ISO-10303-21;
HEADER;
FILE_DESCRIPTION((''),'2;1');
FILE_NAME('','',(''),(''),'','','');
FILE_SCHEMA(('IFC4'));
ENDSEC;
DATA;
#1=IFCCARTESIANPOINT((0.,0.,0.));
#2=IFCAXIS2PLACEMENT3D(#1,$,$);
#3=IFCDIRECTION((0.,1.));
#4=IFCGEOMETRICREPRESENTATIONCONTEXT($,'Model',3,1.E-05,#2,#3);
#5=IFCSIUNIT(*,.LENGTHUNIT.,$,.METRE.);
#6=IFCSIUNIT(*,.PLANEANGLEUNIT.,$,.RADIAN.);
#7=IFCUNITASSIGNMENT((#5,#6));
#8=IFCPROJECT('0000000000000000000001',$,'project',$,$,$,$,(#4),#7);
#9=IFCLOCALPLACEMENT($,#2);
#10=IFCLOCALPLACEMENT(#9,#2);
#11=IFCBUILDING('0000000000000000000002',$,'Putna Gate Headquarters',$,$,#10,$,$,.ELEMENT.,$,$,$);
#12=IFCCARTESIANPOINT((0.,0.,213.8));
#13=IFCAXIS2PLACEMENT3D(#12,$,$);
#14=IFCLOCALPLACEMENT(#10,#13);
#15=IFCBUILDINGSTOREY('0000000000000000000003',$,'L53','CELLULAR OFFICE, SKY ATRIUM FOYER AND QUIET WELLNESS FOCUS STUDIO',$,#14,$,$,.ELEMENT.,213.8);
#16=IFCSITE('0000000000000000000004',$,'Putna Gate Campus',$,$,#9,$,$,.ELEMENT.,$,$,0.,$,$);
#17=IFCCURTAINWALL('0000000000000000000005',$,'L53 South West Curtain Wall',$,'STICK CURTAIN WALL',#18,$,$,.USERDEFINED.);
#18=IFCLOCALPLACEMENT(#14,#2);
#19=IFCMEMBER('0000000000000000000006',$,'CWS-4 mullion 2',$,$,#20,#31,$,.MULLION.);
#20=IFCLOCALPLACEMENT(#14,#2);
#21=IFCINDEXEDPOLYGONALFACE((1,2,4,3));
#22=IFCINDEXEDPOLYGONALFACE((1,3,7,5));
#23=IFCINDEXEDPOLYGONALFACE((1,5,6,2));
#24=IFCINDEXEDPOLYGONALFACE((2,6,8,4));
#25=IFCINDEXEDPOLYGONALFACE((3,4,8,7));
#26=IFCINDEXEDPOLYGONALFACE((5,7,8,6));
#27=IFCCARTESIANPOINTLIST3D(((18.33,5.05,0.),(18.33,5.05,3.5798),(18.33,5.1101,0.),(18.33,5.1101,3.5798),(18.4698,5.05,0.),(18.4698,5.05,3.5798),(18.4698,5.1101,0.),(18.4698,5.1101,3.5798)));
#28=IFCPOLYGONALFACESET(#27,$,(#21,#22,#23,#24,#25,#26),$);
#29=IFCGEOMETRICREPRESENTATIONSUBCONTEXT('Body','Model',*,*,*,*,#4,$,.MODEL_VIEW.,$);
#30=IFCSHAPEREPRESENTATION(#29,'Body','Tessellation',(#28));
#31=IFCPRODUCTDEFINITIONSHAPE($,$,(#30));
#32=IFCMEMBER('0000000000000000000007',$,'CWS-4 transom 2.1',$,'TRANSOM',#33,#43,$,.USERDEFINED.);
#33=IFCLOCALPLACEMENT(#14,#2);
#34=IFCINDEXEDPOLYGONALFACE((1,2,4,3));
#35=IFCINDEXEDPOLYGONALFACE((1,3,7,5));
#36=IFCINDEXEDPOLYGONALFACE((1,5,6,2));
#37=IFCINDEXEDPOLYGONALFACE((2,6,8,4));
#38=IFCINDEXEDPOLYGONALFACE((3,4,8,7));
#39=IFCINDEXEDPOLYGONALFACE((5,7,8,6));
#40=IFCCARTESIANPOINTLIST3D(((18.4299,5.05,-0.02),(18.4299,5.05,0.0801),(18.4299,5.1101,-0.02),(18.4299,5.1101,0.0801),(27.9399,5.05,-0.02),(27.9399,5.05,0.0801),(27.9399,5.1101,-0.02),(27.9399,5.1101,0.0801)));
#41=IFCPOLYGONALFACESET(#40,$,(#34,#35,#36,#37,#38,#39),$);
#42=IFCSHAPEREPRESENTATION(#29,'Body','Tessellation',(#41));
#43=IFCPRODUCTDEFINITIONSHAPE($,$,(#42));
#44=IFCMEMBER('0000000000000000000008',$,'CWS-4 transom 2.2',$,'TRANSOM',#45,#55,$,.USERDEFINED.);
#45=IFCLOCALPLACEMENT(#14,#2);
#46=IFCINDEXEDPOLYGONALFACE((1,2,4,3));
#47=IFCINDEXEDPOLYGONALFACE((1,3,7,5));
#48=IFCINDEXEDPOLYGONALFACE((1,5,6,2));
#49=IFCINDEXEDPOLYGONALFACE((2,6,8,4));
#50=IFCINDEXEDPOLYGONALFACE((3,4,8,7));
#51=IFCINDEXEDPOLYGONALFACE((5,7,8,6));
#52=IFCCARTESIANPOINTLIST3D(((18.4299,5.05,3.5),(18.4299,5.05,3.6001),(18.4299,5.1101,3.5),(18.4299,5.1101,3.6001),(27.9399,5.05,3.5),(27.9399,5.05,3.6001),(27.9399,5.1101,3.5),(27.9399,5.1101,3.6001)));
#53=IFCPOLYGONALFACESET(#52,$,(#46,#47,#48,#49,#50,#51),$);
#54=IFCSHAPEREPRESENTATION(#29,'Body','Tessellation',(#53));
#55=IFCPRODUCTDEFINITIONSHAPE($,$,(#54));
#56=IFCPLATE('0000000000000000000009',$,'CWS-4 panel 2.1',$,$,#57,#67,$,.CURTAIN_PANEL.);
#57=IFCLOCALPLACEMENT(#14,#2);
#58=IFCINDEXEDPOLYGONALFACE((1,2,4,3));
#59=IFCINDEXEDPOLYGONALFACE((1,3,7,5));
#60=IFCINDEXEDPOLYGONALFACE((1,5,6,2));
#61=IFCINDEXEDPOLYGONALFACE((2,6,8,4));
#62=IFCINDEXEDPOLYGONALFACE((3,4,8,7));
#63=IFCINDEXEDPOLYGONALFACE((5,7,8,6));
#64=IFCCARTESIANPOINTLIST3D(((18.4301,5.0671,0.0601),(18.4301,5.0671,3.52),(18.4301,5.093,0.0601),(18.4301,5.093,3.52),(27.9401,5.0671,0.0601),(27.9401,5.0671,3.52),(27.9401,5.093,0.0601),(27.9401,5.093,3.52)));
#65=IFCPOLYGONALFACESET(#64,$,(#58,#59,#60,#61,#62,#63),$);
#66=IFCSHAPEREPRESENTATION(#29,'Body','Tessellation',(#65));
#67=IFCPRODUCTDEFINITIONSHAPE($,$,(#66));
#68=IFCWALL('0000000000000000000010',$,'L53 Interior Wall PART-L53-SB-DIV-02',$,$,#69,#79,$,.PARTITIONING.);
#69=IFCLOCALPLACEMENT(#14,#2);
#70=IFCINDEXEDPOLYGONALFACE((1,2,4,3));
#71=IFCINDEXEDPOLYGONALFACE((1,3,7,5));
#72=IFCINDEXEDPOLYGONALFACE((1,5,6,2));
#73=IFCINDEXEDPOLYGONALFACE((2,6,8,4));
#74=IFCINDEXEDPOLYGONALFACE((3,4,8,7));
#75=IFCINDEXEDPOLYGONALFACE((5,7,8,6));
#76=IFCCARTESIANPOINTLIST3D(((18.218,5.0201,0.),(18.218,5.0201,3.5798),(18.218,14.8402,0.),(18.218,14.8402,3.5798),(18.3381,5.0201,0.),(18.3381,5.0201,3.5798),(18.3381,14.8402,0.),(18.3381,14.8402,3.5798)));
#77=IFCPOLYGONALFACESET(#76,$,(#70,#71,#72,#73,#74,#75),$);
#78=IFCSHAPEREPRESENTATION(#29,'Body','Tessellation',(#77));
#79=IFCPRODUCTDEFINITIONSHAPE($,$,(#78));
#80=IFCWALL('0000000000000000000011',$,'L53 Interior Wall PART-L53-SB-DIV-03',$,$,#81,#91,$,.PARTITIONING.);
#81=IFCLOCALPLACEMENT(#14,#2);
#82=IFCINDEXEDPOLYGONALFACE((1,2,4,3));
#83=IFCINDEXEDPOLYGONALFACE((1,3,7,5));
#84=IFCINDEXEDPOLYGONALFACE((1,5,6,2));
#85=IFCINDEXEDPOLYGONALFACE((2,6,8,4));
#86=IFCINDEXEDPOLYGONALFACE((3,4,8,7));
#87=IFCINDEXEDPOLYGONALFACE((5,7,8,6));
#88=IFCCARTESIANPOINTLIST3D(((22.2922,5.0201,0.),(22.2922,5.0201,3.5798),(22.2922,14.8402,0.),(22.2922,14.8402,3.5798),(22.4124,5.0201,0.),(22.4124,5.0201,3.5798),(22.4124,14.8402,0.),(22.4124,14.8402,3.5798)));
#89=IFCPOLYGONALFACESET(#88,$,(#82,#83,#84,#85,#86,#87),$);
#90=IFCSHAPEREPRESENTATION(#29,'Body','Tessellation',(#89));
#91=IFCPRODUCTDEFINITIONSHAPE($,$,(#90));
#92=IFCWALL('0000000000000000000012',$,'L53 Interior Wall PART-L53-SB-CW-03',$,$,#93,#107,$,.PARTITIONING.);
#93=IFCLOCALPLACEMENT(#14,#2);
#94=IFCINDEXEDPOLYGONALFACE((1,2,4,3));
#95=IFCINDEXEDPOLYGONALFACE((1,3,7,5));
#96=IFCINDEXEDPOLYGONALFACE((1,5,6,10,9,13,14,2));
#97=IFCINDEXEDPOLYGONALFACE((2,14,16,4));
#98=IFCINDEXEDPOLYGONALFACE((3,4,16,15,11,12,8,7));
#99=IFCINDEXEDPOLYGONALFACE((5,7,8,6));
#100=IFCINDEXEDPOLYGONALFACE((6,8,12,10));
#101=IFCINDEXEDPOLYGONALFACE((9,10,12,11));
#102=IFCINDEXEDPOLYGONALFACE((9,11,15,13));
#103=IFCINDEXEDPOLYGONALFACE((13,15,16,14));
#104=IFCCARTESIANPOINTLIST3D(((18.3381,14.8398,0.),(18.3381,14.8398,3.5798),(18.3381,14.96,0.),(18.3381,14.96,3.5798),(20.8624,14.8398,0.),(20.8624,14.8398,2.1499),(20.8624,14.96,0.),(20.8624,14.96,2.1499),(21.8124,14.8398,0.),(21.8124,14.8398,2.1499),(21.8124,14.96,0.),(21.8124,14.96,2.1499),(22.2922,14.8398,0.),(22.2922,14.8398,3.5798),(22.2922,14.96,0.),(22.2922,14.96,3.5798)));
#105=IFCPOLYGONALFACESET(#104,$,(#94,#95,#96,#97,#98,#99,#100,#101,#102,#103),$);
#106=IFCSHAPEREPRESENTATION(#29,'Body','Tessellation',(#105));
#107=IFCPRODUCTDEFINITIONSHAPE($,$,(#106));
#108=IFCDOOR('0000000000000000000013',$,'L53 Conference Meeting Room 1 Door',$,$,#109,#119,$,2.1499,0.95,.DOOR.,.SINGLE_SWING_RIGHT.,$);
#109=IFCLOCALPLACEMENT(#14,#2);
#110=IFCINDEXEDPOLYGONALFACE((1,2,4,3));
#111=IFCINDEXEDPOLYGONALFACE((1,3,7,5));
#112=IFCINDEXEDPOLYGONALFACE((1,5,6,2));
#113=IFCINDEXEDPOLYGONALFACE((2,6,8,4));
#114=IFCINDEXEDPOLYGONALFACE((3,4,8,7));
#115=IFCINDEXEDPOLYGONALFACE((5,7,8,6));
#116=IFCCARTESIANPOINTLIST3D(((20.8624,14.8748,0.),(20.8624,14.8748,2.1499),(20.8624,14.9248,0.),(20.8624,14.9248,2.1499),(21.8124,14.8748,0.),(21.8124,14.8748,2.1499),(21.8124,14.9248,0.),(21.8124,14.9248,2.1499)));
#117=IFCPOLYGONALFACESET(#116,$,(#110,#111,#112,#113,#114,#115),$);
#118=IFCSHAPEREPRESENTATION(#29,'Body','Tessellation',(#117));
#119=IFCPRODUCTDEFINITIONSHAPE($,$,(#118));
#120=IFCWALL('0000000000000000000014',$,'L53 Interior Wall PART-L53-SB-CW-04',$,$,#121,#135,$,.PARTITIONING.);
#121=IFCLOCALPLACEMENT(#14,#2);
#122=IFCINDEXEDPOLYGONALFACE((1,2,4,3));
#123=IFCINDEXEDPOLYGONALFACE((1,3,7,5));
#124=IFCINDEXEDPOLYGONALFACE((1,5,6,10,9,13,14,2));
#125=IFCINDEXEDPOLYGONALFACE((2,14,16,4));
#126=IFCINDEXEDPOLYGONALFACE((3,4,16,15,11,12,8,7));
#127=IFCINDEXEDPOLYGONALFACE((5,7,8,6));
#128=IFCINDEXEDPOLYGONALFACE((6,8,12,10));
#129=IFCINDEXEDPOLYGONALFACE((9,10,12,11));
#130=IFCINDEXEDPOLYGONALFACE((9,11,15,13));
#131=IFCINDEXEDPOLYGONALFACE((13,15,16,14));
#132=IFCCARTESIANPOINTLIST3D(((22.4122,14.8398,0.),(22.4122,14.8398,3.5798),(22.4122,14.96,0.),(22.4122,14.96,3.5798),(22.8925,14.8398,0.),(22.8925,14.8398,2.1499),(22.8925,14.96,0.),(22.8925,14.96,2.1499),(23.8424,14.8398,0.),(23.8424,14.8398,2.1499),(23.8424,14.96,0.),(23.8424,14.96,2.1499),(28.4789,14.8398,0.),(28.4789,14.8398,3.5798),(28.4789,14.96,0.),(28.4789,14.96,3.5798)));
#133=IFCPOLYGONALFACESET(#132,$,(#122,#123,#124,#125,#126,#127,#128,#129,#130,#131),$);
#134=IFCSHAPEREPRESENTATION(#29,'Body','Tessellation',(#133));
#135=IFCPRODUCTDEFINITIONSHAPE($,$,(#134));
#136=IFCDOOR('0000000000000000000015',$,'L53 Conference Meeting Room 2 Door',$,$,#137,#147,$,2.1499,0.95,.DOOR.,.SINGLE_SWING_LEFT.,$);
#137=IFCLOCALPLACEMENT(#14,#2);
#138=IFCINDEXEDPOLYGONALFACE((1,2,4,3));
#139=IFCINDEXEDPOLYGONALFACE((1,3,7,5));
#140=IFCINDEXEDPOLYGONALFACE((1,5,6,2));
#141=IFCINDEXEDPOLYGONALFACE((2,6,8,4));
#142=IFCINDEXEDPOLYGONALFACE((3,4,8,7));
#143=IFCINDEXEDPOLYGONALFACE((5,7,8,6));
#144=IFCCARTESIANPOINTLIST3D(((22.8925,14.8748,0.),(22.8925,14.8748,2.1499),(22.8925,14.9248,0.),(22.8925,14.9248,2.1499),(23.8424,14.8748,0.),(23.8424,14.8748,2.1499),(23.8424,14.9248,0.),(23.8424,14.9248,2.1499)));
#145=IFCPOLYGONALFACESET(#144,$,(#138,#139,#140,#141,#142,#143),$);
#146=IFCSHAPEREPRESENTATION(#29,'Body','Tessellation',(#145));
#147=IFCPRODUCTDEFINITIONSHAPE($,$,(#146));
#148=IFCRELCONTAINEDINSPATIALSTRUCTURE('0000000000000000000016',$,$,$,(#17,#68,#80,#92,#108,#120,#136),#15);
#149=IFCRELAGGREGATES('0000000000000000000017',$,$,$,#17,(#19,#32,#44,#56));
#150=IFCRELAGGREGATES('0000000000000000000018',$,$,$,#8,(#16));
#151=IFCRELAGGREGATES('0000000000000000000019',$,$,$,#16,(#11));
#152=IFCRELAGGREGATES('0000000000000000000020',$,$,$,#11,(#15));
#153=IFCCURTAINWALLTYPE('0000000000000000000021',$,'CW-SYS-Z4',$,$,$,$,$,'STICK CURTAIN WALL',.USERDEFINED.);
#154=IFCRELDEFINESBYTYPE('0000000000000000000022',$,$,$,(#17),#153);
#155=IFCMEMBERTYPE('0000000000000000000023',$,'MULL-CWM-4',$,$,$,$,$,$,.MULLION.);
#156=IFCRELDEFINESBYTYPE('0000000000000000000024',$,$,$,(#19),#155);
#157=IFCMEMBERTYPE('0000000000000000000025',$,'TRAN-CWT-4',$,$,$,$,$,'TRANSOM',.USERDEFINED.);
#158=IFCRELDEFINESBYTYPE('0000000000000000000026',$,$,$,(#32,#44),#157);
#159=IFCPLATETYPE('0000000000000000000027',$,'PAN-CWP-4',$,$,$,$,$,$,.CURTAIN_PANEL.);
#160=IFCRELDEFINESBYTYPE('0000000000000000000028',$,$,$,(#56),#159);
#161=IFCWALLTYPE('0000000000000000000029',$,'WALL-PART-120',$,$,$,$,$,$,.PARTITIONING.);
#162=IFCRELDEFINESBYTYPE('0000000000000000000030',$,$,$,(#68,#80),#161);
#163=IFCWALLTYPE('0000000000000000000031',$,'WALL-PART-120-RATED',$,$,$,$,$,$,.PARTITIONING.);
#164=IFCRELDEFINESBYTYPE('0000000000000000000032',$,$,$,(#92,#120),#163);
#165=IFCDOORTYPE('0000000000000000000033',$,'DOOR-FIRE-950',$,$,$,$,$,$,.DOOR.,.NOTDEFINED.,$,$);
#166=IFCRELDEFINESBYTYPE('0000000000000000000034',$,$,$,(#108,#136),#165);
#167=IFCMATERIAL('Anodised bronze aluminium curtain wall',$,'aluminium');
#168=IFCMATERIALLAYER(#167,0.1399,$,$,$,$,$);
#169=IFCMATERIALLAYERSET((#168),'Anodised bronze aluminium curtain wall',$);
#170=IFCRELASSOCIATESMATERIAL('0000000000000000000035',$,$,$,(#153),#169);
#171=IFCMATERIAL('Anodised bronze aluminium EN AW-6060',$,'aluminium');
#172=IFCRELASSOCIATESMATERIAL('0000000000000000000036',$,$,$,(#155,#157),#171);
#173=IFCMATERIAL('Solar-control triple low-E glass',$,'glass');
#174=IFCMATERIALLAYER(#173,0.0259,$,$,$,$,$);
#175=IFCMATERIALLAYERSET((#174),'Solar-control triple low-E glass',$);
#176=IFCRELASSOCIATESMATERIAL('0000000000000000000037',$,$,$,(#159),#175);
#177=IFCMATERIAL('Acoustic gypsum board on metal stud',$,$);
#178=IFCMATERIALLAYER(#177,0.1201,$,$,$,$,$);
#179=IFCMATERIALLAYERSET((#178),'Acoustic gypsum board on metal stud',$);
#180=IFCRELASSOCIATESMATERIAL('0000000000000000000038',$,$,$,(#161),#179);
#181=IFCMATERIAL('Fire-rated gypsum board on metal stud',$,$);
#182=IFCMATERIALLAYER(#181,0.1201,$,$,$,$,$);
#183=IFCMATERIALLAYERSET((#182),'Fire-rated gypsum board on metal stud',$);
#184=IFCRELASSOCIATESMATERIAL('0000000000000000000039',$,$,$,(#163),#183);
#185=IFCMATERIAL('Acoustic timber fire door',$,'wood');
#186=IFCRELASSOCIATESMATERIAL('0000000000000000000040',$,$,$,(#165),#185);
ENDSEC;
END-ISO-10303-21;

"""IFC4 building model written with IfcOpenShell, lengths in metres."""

from ifc_helpers import new_model, si_unit, direction, frame, frame_2d, origin, origin_2d, place, context, subcontext, project, spatial, rectangle, extrude, material, layer, layer_set, material_profile, profile_set, type_object, element, fill, aggregate, save


model = new_model("IFC4")

# Units and contexts
model_context = context("Model", 3, precision=1e-05, world=origin(), true_north=direction((0.0, 1.0)))
body_context = subcontext(model_context, "Body", "Model", "MODEL_VIEW")
ifc_project = project(units=[si_unit("LENGTHUNIT", "METRE"), si_unit("PLANEANGLEUNIT", "RADIAN")], contexts=[model_context])

# Site, building, storey
site_placement = place(None, origin())
site = spatial("IfcSite", under=ifc_project, at=site_placement, Name="Putna Gate Campus", CompositionType="ELEMENT", RefElevation=0.0)
building_placement = place(site_placement, origin())
building = spatial("IfcBuilding", under=site, at=building_placement, Name="Putna Gate Headquarters", CompositionType="ELEMENT")
storey_placement = place(building_placement, frame((0.0, 0.0, 213.8)))
storey = spatial("IfcBuildingStorey", under=building, at=storey_placement, Name="L53", Description="CELLULAR OFFICE, SKY ATRIUM FOYER AND QUIET WELLNESS FOCUS STUDIO", CompositionType="ELEMENT", Elevation=213.8)

# Curtain wall, members, plate
ifc_material_1 = material(Name="Anodised bronze aluminium curtain wall", Category="aluminium")
ifc_layer_1 = layer(ifc_material_1, 0.1399)
ifc_layer_set_1 = layer_set([ifc_layer_1], Name="Anodised bronze aluminium curtain wall")
curtain_wall_type = type_object("IfcCurtainWallType", Name="CW-SYS-Z4", ElementType="STICK CURTAIN WALL", PredefinedType="USERDEFINED", material=ifc_layer_set_1)
curtain_wall_placement = place(storey_placement, origin())
curtain_wall = element("IfcCurtainWall", 1, at=curtain_wall_placement, inside=storey, type_object=curtain_wall_type, Name="L53 South West Curtain Wall", ObjectType="STICK CURTAIN WALL", PredefinedType="USERDEFINED")
ifc_material_2 = material(Name="Anodised bronze aluminium EN AW-6060", Category="aluminium")
ifc_material_profile_1 = material_profile(ifc_material_2, rectangle(XDim=0.0601, YDim=0.1399, at=origin_2d()), Name="Anodised bronze aluminium EN AW-6060")
ifc_profile_set_1 = profile_set([ifc_material_profile_1], Name="Anodised bronze aluminium EN AW-6060")
member_type_1 = type_object("IfcMemberType", Name="MULL-CWM-4", PredefinedType="MULLION", material=ifc_profile_set_1)
member_1_placement = place(storey_placement, frame((18.3999, 5.0801, 0.0), z_axis=(0.0, 0.0, 1.0), x_axis=(0.0, 1.0, 0.0)))
member_1 = element("IfcMember", 2, at=member_1_placement, type_object=member_type_1, Name="CWS-4 mullion 2", PredefinedType="MULLION", context=body_context, shape_type="SweptSolid", body=[
    extrude(rectangle(XDim=0.0601, YDim=0.1399, at=origin_2d()), origin(), (0.0, 0.0, 1.0), 3.5798),
])
ifc_material_profile_2 = material_profile(ifc_material_2, rectangle(XDim=0.0601, YDim=0.1001, at=origin_2d()), Name="Anodised bronze aluminium EN AW-6060")
ifc_profile_set_2 = profile_set([ifc_material_profile_2], Name="Anodised bronze aluminium EN AW-6060")
member_type_2 = type_object("IfcMemberType", Name="TRAN-CWT-4", ElementType="TRANSOM", PredefinedType="USERDEFINED", material=ifc_profile_set_2)
member_2_placement = place(storey_placement, frame((18.4299, 5.0801, 0.03), z_axis=(1.0, 0.0, 0.0), x_axis=(0.0, 1.0, 0.0)))
member_2 = element("IfcMember", 3, at=member_2_placement, type_object=member_type_2, Name="CWS-4 transom 2.1", ObjectType="TRANSOM", PredefinedType="USERDEFINED", context=body_context, shape_type="SweptSolid", body=[
    extrude(rectangle(XDim=0.0601, YDim=0.1001, at=origin_2d()), origin(), (0.0, 0.0, 1.0), 9.51),
])
member_3_placement = place(storey_placement, frame((18.4299, 5.0801, 3.55), z_axis=(1.0, 0.0, 0.0), x_axis=(0.0, 1.0, 0.0)))
member_3 = element("IfcMember", 4, at=member_3_placement, type_object=member_type_2, Name="CWS-4 transom 2.2", ObjectType="TRANSOM", PredefinedType="USERDEFINED", context=body_context, shape_type="SweptSolid", body=[
    extrude(rectangle(XDim=0.0601, YDim=0.1001, at=origin_2d()), origin(), (0.0, 0.0, 1.0), 9.51),
])
ifc_material_3 = material(Name="Solar-control triple low-E glass", Category="glass")
ifc_layer_2 = layer(ifc_material_3, 0.0259)
ifc_layer_set_2 = layer_set([ifc_layer_2], Name="Solar-control triple low-E glass")
plate_type = type_object("IfcPlateType", Name="PAN-CWP-4", PredefinedType="CURTAIN_PANEL", material=ifc_layer_set_2)
plate_placement = place(storey_placement, frame((23.1851, 5.0801, 0.0601), z_axis=(0.0, 0.0, 1.0), x_axis=(1.0, 0.0, 0.0)))
plate = element("IfcPlate", 5, at=plate_placement, type_object=plate_type, Name="CWS-4 panel 2.1", PredefinedType="CURTAIN_PANEL", context=body_context, shape_type="SweptSolid", body=[
    extrude(rectangle(XDim=9.51, YDim=0.0259, at=origin_2d()), origin(), (0.0, 0.0, 1.0), 3.46),
])
aggregate(curtain_wall, [member_1, member_2, member_3, plate])

# Walls
ifc_material_4 = material(Name="Acoustic gypsum board on metal stud")
ifc_layer_3 = layer(ifc_material_4, 0.1201)
ifc_layer_set_3 = layer_set([ifc_layer_3], Name="Acoustic gypsum board on metal stud")
wall_type_1 = type_object("IfcWallType", Name="WALL-PART-120", PredefinedType="PARTITIONING", material=ifc_layer_set_3)
for number, where, z_axis, x_axis, name in (
    (6, (18.2781, 5.02, 0.0), (0.0, 0.0, 1.0), (0.0, 1.0, 0.0), "L53 Interior Wall PART-L53-SB-DIV-02"),
    (7, (22.3523, 5.02, 0.0), (0.0, 0.0, 1.0), (0.0, 1.0, 0.0), "L53 Interior Wall PART-L53-SB-DIV-03"),
):
    element("IfcWall", number, at=place(storey_placement, frame(where, z_axis=z_axis, x_axis=x_axis)), inside=storey, type_object=wall_type_1, Name=name, PredefinedType="PARTITIONING", context=body_context, shape_type="SweptSolid", body=[
        extrude(rectangle(XDim=9.8201, YDim=0.1201, at=frame_2d((4.9102, 0.0))), origin(), (0.0, 0.0, 1.0), 3.5798),
    ])

# Walls, openings, doors
ifc_material_5 = material(Name="Fire-rated gypsum board on metal stud")
ifc_layer_4 = layer(ifc_material_5, 0.1201)
ifc_layer_set_4 = layer_set([ifc_layer_4], Name="Fire-rated gypsum board on metal stud")
wall_type_2 = type_object("IfcWallType", Name="WALL-PART-120-RATED", PredefinedType="PARTITIONING", material=ifc_layer_set_4)
wall_1_placement = place(storey_placement, frame((18.3381, 14.8999, 0.0), z_axis=(0.0, 0.0, 1.0), x_axis=(1.0, 0.0, 0.0)))
wall_1 = element("IfcWall", 8, at=wall_1_placement, inside=storey, type_object=wall_type_2, Name="L53 Interior Wall PART-L53-SB-CW-03", PredefinedType="PARTITIONING", context=body_context, shape_type="SweptSolid", body=[
    extrude(rectangle(XDim=3.9541, YDim=0.1201, at=frame_2d((1.9771, 0.0))), origin(), (0.0, 0.0, 1.0), 3.5798),
])
opening_1_placement = place(wall_1_placement, frame((2.5242, 0.0, 0.0)))
opening_1 = element("IfcOpeningElement", 9, at=opening_1_placement, cuts=wall_1, PredefinedType="OPENING", context=body_context, shape_type="SweptSolid", body=[
    extrude(rectangle(XDim=0.95, YDim=2.1499, at=frame_2d((0.4751, 1.075))), frame((0.0, 0.0701, 0.0), z_axis=(0.0, -1.0, 0.0), x_axis=(1.0, 0.0, 0.0)), (0.0, 0.0, 1.0), 0.1401),
])
ifc_material_6 = material(Name="Acoustic timber fire door", Category="wood")
door_type_1 = type_object("IfcDoorType", Name="DOOR-FIRE-950", OperationType="NOTDEFINED", PredefinedType="DOOR", material=ifc_material_6)
door_1_placement = place(opening_1_placement, origin())
door_1 = element("IfcDoor", 10, at=door_1_placement, inside=storey, type_object=door_type_1, Name="L53 Conference Meeting Room 1 Door", OperationType="SINGLE_SWING_RIGHT", OverallHeight=2.1499, OverallWidth=0.95, PredefinedType="DOOR", context=body_context, shape_type="SweptSolid", body=[
    extrude(rectangle(XDim=0.95, YDim=2.1499, at=frame_2d((0.4751, 1.075))), frame((0.0, 0.0249, 0.0), z_axis=(0.0, -1.0, 0.0), x_axis=(1.0, 0.0, 0.0)), (0.0, 0.0, 1.0), 0.05),
])
fill(opening_1, door_1)
wall_2_placement = place(storey_placement, frame((22.4124, 14.8999, 0.0), z_axis=(0.0, 0.0, 1.0), x_axis=(1.0, 0.0, 0.0)))
wall_2 = element("IfcWall", 11, at=wall_2_placement, inside=storey, type_object=wall_type_2, Name="L53 Interior Wall PART-L53-SB-CW-04", PredefinedType="PARTITIONING", context=body_context, shape_type="SweptSolid", body=[
    extrude(rectangle(XDim=6.0667, YDim=0.1201, at=frame_2d((3.0332, 0.0))), origin(), (0.0, 0.0, 1.0), 3.5798),
])
opening_2_placement = place(wall_2_placement, frame((0.48, 0.0, 0.0)))
opening_2 = element("IfcOpeningElement", 12, at=opening_2_placement, cuts=wall_2, PredefinedType="OPENING", context=body_context, shape_type="SweptSolid", body=[
    extrude(rectangle(XDim=0.95, YDim=2.1499, at=frame_2d((0.4751, 1.075))), frame((0.0, 0.0701, 0.0), z_axis=(0.0, -1.0, 0.0), x_axis=(1.0, 0.0, 0.0)), (0.0, 0.0, 1.0), 0.1401),
])
door_2_placement = place(opening_2_placement, origin())
door_2 = element("IfcDoor", 13, at=door_2_placement, inside=storey, type_object=door_type_1, Name="L53 Conference Meeting Room 2 Door", OperationType="SINGLE_SWING_LEFT", OverallHeight=2.1499, OverallWidth=0.95, PredefinedType="DOOR", context=body_context, shape_type="SweptSolid", body=[
    extrude(rectangle(XDim=0.95, YDim=2.1499, at=frame_2d((0.4751, 1.075))), frame((0.0, 0.0249, 0.0), z_axis=(0.0, -1.0, 0.0), x_axis=(1.0, 0.0, 0.0)), (0.0, 0.0, 1.0), 0.05),
])
fill(opening_2, door_2)

save(model, "model.ifc")
